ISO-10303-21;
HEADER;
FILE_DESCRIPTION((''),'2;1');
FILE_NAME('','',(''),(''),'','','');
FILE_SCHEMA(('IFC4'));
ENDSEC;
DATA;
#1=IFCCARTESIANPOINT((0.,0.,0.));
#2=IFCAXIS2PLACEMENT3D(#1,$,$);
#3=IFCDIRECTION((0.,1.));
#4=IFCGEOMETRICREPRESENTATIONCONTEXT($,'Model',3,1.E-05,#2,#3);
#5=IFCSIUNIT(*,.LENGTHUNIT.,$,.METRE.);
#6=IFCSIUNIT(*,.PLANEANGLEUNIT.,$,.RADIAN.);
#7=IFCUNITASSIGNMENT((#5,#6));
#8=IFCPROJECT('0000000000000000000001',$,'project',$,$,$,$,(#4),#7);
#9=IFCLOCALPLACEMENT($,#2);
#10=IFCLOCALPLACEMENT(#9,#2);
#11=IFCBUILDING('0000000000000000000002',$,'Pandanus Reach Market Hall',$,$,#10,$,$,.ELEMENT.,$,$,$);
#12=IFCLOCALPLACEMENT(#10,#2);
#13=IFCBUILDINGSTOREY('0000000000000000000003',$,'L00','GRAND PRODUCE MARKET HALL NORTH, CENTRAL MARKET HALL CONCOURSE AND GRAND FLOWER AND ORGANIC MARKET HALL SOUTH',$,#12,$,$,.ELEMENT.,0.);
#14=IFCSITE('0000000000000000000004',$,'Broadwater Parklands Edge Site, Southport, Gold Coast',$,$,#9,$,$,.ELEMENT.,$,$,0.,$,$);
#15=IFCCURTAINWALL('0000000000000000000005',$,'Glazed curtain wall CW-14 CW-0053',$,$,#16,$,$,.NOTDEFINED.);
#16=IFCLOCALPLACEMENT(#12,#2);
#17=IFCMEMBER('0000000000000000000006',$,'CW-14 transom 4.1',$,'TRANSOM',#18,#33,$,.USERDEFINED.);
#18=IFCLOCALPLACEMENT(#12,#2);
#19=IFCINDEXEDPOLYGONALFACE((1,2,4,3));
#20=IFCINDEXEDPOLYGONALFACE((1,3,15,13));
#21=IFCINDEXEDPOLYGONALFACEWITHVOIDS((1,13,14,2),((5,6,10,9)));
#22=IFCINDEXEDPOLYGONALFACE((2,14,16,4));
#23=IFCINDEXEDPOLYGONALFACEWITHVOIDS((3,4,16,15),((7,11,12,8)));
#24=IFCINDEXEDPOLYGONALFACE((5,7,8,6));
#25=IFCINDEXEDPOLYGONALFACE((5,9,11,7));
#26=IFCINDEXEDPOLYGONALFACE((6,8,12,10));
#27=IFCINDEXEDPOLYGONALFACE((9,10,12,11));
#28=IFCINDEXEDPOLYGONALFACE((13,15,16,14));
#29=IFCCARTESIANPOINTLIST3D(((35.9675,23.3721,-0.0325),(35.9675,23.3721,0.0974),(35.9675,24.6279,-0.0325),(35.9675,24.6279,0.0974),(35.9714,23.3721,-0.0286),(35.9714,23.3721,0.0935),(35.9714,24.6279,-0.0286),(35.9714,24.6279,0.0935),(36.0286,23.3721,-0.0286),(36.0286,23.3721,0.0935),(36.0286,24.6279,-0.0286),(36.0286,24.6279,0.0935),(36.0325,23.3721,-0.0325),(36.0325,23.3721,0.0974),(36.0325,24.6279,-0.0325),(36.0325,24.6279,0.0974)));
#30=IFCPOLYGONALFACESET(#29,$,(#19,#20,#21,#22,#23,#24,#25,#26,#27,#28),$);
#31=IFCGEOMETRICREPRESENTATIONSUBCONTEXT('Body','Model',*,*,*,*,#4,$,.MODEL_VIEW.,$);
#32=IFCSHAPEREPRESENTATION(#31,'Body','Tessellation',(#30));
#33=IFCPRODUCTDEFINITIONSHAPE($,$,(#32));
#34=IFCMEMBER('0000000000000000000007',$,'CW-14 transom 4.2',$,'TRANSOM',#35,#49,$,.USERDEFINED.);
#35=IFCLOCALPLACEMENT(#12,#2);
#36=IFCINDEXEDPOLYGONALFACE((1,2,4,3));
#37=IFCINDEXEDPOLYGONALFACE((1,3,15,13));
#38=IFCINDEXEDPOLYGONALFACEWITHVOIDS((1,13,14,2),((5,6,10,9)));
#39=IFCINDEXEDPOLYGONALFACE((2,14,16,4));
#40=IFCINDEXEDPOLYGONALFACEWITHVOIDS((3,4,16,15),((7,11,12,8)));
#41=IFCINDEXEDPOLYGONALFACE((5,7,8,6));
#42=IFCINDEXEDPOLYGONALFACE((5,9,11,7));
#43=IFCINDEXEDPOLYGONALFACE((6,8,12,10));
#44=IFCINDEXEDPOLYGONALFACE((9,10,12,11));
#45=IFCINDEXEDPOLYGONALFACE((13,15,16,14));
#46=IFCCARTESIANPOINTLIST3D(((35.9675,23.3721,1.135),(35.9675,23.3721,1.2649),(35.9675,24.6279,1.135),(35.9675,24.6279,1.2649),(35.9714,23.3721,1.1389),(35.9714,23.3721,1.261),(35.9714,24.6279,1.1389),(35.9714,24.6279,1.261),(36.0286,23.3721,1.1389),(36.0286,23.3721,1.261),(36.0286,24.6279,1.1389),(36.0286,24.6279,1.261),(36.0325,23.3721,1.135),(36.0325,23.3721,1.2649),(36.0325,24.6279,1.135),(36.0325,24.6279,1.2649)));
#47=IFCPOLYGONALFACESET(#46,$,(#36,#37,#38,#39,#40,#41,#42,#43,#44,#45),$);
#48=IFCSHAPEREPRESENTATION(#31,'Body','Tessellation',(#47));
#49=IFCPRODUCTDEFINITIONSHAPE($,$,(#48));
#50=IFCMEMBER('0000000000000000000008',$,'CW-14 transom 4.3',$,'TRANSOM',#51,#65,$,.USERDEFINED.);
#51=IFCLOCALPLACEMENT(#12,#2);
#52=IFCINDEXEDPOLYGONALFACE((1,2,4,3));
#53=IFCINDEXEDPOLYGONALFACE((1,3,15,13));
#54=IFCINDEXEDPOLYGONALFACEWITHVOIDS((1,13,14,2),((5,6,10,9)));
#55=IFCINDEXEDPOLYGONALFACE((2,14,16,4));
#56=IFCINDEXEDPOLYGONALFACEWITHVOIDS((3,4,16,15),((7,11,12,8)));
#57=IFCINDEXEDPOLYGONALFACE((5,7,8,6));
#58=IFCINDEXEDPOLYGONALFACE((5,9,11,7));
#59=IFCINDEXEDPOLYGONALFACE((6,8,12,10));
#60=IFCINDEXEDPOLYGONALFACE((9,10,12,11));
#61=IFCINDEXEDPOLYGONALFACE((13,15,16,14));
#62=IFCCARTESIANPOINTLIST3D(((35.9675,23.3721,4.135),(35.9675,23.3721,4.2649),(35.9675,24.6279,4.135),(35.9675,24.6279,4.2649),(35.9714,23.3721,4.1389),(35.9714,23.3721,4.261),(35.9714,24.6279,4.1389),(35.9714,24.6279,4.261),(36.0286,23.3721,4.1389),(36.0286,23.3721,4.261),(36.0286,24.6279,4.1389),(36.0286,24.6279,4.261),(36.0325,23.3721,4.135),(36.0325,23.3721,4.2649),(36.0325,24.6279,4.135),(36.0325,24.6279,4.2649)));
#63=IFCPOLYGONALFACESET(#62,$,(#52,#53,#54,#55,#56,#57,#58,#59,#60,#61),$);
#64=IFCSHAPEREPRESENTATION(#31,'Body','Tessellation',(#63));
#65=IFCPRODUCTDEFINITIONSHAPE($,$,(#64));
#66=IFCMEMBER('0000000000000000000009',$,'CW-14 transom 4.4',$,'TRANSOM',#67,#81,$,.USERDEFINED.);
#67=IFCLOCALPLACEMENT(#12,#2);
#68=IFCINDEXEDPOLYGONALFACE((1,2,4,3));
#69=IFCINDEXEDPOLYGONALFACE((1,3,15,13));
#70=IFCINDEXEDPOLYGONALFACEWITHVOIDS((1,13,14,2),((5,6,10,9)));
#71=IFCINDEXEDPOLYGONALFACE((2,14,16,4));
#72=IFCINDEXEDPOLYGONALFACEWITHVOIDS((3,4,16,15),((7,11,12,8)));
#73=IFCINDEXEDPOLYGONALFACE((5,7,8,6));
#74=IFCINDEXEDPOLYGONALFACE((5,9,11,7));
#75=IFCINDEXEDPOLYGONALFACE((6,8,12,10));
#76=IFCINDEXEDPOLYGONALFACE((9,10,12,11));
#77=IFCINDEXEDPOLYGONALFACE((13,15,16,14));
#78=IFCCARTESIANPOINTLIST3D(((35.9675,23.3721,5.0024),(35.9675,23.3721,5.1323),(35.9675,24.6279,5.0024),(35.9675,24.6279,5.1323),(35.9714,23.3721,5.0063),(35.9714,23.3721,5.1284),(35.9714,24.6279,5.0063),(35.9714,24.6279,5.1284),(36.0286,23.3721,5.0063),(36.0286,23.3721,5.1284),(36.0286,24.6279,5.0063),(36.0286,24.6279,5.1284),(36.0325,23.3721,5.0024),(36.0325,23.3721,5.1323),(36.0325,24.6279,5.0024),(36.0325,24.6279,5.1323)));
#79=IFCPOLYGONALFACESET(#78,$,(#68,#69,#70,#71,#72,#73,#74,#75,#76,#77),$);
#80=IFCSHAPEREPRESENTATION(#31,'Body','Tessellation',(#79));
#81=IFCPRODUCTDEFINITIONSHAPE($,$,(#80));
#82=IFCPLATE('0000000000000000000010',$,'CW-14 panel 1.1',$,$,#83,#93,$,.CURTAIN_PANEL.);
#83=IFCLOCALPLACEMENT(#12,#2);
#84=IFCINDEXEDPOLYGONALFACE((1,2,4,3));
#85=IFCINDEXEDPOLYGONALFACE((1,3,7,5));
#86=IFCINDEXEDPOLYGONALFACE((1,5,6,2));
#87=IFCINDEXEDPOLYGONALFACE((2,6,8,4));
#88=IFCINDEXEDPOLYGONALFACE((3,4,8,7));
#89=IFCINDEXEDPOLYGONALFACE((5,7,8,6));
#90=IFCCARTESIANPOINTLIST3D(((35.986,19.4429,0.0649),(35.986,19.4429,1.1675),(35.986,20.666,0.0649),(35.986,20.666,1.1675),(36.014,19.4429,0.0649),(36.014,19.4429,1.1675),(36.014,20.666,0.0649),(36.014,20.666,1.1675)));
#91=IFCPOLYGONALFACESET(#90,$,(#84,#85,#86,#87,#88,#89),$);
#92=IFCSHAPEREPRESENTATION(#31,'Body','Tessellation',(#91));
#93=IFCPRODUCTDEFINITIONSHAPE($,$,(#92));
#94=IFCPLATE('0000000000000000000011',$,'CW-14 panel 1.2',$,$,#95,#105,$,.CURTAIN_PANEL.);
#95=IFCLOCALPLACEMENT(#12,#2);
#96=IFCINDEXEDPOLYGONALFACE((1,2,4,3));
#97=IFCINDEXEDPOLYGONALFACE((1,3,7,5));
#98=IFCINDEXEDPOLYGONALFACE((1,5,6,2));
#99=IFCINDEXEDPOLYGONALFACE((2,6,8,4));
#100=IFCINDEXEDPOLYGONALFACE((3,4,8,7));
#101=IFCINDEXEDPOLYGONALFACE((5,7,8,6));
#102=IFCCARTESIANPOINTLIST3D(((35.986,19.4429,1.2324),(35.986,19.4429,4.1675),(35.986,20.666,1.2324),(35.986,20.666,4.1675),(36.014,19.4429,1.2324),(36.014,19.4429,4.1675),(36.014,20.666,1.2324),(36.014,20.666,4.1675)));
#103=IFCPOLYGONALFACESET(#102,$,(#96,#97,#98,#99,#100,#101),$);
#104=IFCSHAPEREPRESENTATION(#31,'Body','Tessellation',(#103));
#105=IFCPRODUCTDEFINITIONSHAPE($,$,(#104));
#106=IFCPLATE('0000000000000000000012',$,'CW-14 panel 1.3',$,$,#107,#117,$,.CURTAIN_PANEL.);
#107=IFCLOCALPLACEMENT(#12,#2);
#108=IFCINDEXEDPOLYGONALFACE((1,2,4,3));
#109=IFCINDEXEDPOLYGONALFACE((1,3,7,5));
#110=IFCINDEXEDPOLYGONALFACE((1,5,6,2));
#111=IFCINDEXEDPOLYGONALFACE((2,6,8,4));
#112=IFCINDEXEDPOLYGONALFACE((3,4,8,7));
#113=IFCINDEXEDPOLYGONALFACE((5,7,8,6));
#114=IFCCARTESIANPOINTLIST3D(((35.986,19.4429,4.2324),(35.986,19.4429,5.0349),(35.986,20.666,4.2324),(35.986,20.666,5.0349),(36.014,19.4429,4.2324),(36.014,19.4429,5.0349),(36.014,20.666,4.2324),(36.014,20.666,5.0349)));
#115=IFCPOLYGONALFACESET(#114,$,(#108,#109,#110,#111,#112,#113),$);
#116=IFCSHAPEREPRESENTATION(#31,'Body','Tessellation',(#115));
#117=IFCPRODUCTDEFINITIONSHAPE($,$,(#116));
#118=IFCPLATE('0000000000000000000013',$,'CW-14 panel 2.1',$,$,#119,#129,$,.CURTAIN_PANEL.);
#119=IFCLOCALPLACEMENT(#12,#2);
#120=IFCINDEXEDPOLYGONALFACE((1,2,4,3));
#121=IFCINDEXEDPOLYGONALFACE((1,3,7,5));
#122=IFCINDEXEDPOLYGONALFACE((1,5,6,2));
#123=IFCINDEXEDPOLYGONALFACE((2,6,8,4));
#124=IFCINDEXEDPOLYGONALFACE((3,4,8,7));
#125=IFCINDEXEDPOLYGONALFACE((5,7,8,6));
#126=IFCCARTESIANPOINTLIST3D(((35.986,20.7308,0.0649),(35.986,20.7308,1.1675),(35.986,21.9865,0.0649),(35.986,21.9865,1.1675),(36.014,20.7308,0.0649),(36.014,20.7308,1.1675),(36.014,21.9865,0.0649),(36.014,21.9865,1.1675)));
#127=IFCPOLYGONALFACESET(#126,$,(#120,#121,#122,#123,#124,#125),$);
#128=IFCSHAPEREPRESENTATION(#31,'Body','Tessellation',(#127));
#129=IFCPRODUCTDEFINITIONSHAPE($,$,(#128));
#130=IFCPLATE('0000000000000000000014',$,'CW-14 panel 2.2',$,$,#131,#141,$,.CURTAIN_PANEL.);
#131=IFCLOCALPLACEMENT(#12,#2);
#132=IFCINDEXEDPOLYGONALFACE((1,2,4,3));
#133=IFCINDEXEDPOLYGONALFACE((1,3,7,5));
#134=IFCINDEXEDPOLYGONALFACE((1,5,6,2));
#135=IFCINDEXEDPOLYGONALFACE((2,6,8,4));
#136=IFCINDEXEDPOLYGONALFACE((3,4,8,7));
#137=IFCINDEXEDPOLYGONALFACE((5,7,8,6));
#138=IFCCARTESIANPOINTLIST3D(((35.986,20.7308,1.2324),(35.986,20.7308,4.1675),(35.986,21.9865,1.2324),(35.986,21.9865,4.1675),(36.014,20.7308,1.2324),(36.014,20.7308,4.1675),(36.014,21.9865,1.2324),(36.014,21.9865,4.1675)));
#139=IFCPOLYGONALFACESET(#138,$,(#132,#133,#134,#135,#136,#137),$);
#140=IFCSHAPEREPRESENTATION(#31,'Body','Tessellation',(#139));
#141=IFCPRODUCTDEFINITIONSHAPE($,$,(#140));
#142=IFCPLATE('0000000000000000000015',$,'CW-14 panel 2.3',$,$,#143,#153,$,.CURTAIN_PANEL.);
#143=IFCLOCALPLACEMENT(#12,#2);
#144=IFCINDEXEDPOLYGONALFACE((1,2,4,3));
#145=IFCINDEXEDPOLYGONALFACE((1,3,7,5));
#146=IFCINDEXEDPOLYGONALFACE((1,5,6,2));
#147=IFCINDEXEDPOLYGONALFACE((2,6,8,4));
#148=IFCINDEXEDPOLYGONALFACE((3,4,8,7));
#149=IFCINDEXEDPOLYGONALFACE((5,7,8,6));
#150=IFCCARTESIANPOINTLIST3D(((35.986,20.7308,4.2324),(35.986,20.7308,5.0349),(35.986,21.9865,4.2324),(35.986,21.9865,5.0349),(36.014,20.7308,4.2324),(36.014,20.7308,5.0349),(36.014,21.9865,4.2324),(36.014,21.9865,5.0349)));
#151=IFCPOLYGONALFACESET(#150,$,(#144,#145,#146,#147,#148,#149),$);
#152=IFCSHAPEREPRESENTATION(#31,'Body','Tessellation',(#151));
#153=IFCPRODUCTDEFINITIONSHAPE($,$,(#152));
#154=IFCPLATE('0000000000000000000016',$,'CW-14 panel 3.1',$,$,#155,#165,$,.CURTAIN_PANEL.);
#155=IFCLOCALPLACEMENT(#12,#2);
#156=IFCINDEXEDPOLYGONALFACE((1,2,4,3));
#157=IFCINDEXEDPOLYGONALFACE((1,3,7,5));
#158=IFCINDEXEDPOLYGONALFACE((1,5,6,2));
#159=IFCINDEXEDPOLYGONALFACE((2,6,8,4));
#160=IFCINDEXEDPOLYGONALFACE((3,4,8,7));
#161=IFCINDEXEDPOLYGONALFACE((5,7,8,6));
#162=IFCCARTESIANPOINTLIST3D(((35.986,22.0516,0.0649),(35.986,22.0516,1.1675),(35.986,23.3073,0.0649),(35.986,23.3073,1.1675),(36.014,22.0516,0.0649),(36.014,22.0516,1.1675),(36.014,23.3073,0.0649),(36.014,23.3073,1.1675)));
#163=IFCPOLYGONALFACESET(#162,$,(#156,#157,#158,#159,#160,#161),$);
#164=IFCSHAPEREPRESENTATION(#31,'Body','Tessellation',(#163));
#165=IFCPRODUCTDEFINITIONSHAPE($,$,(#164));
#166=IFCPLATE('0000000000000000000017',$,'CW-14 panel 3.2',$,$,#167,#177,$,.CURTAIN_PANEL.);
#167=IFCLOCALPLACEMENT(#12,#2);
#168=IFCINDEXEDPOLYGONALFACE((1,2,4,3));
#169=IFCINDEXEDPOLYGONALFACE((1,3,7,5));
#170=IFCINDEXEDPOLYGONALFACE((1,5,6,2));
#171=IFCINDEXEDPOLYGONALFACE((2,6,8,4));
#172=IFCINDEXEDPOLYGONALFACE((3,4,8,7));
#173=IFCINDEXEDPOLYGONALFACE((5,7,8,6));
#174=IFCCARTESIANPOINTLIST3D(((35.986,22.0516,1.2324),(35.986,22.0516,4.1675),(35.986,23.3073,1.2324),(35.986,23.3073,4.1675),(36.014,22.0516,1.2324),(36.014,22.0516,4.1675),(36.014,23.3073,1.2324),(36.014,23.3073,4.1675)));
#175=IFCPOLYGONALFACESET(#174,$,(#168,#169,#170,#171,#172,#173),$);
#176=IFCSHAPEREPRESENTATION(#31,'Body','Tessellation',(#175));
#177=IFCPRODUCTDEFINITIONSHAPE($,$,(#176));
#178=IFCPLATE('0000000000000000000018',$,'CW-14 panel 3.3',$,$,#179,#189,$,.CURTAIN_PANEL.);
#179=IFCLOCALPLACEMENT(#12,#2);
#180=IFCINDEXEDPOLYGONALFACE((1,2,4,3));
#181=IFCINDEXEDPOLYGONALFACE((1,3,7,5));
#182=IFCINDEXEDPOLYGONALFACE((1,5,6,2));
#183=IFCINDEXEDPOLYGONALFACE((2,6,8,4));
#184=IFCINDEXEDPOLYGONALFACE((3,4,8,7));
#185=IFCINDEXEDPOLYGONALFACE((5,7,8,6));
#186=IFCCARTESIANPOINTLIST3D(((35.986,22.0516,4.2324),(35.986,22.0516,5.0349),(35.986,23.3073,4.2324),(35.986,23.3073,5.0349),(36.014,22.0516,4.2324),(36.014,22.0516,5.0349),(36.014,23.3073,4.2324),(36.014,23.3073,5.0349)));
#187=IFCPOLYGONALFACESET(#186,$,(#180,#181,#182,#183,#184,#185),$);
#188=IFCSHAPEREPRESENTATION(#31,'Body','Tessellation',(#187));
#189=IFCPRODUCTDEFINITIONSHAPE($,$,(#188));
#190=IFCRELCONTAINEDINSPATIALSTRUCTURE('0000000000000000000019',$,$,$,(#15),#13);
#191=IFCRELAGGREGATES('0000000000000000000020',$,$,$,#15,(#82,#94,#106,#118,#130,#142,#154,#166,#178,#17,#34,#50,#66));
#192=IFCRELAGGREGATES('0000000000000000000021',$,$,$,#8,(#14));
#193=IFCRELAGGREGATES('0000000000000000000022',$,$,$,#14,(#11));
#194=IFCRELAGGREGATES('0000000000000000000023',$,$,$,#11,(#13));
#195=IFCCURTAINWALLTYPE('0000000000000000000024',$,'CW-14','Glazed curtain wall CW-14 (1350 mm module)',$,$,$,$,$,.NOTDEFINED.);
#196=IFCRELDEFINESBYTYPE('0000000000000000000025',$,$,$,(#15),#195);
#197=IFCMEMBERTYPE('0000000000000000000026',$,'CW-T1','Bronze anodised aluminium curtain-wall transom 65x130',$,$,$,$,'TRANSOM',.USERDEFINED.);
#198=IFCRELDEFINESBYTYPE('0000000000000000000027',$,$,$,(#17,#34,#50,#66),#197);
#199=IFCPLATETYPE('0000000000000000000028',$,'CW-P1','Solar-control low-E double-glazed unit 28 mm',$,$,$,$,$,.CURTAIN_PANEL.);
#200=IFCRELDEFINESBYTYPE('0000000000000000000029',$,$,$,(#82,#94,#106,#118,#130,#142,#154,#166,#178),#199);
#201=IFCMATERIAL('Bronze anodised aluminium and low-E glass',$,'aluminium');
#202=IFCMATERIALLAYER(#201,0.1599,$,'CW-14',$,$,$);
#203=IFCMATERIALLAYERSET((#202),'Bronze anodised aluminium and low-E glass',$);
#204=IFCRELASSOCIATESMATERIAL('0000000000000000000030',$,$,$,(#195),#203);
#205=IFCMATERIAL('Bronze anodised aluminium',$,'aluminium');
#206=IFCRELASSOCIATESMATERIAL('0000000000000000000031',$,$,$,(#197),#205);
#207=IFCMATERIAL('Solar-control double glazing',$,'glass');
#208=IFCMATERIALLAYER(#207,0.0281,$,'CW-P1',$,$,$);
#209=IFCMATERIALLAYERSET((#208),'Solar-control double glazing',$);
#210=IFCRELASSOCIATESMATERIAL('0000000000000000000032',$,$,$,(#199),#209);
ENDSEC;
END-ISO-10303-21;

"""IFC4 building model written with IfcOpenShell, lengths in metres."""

from ifc_helpers import new_model, si_unit, direction, frame, origin, origin_2d, place, context, subcontext, project, spatial, rectangle, hollow_rectangle, extrude, material, layer, layer_set, material_profile, profile_set, type_object, element, aggregate, save


model = new_model("IFC4")

# Units and contexts
model_context = context("Model", 3, precision=1e-05, world=origin(), true_north=direction((0.0, 1.0)))
body_context = subcontext(model_context, "Body", "Model", "MODEL_VIEW")
ifc_project = project(units=[si_unit("LENGTHUNIT", "METRE"), si_unit("PLANEANGLEUNIT", "RADIAN")], contexts=[model_context])

# Site, building, storey
site_placement = place(None, origin())
site = spatial("IfcSite", under=ifc_project, at=site_placement, Name="Broadwater Parklands Edge Site, Southport, Gold Coast", CompositionType="ELEMENT", RefElevation=0.0)
building_placement = place(site_placement, origin())
building = spatial("IfcBuilding", under=site, at=building_placement, Name="Pandanus Reach Market Hall", CompositionType="ELEMENT")
storey_placement = place(building_placement, origin())
storey = spatial("IfcBuildingStorey", under=building, at=storey_placement, Name="L00", Description="GRAND PRODUCE MARKET HALL NORTH, CENTRAL MARKET HALL CONCOURSE AND GRAND FLOWER AND ORGANIC MARKET HALL SOUTH", CompositionType="ELEMENT", Elevation=0.0)

# Curtain wall, members, plates
ifc_material_1 = material(Name="Bronze anodised aluminium and low-E glass", Category="aluminium")
ifc_layer_1 = layer(ifc_material_1, 0.1599, Name="CW-14")
ifc_layer_set_1 = layer_set([ifc_layer_1], Name="Bronze anodised aluminium and low-E glass")
curtain_wall_type = type_object("IfcCurtainWallType", Name="CW-14", Description="Glazed curtain wall CW-14 (1350 mm module)", PredefinedType="NOTDEFINED", material=ifc_layer_set_1)
curtain_wall_placement = place(storey_placement, origin())
curtain_wall = element("IfcCurtainWall", 1, at=curtain_wall_placement, inside=storey, type_object=curtain_wall_type, Name="Glazed curtain wall CW-14 CW-0053", PredefinedType="NOTDEFINED")
ifc_material_2 = material(Name="Bronze anodised aluminium", Category="aluminium")
ifc_material_profile_1 = material_profile(ifc_material_2, hollow_rectangle(XDim=0.0649, YDim=0.1299, WallThickness=0.0039, at=origin_2d()), Name="ALU65x130", Category="LoadBearing")
ifc_profile_set_1 = profile_set([ifc_material_profile_1], Name="Bronze anodised aluminium")
member_type_1 = type_object("IfcMemberType", Name="CW-T1", Description="Bronze anodised aluminium curtain-wall transom 65x130", ElementType="TRANSOM", PredefinedType="USERDEFINED", material=ifc_profile_set_1)
member_1_placement = place(storey_placement, frame((36.0, 23.3721, 0.0325), z_axis=(0.0, 1.0, 0.0), x_axis=(-1.0, 0.0, 0.0)))
member_1 = element("IfcMember", 2, at=member_1_placement, type_object=member_type_1, Name="CW-14 transom 4.1", ObjectType="TRANSOM", PredefinedType="USERDEFINED", context=body_context, shape_type="SweptSolid", body=[
    extrude(hollow_rectangle(XDim=0.0649, YDim=0.1299, WallThickness=0.0039, at=origin_2d()), origin(), (0.0, 0.0, 1.0), 1.2559),
])
member_2_placement = place(storey_placement, frame((36.0, 23.3721, 1.2), z_axis=(0.0, 1.0, 0.0), x_axis=(-1.0, 0.0, 0.0)))
member_2 = element("IfcMember", 3, at=member_2_placement, type_object=member_type_1, Name="CW-14 transom 4.2", ObjectType="TRANSOM", PredefinedType="USERDEFINED", context=body_context, shape_type="SweptSolid", body=[
    extrude(hollow_rectangle(XDim=0.0649, YDim=0.1299, WallThickness=0.0039, at=origin_2d()), origin(), (0.0, 0.0, 1.0), 1.2559),
])
member_3_placement = place(storey_placement, frame((36.0, 23.3721, 4.2), z_axis=(0.0, 1.0, 0.0), x_axis=(-1.0, 0.0, 0.0)))
member_3 = element("IfcMember", 4, at=member_3_placement, type_object=member_type_1, Name="CW-14 transom 4.3", ObjectType="TRANSOM", PredefinedType="USERDEFINED", context=body_context, shape_type="SweptSolid", body=[
    extrude(hollow_rectangle(XDim=0.0649, YDim=0.1299, WallThickness=0.0039, at=origin_2d()), origin(), (0.0, 0.0, 1.0), 1.2559),
])
member_4_placement = place(storey_placement, frame((36.0, 23.3721, 5.0674), z_axis=(0.0, 1.0, 0.0), x_axis=(-1.0, 0.0, 0.0)))
member_4 = element("IfcMember", 5, at=member_4_placement, type_object=member_type_1, Name="CW-14 transom 4.4", ObjectType="TRANSOM", PredefinedType="USERDEFINED", context=body_context, shape_type="SweptSolid", body=[
    extrude(hollow_rectangle(XDim=0.0649, YDim=0.1299, WallThickness=0.0039, at=origin_2d()), origin(), (0.0, 0.0, 1.0), 1.2559),
])
ifc_material_3 = material(Name="Solar-control double glazing", Category="glass")
ifc_layer_2 = layer(ifc_material_3, 0.0281, Name="CW-P1")
ifc_layer_set_2 = layer_set([ifc_layer_2], Name="Solar-control double glazing")
plate_type = type_object("IfcPlateType", Name="CW-P1", Description="Solar-control low-E double-glazed unit 28 mm", PredefinedType="CURTAIN_PANEL", material=ifc_layer_set_2)
plate_1_placement = place(storey_placement, frame((36.0, 20.0544, 0.0649), z_axis=(0.0, 0.0, 1.0), x_axis=(0.0, 1.0, 0.0)))
plate_1 = element("IfcPlate", 6, at=plate_1_placement, type_object=plate_type, Name="CW-14 panel 1.1", PredefinedType="CURTAIN_PANEL", context=body_context, shape_type="SweptSolid", body=[
    extrude(rectangle(XDim=1.2231, YDim=0.0281, at=origin_2d()), origin(), (0.0, 0.0, 1.0), 1.1025),
])
plate_2_placement = place(storey_placement, frame((36.0, 20.0544, 1.2324), z_axis=(0.0, 0.0, 1.0), x_axis=(0.0, 1.0, 0.0)))
plate_2 = element("IfcPlate", 7, at=plate_2_placement, type_object=plate_type, Name="CW-14 panel 1.2", PredefinedType="CURTAIN_PANEL", context=body_context, shape_type="SweptSolid", body=[
    extrude(rectangle(XDim=1.2231, YDim=0.0281, at=origin_2d()), origin(), (0.0, 0.0, 1.0), 2.9351),
])
plate_3_placement = place(storey_placement, frame((36.0, 20.0544, 4.2324), z_axis=(0.0, 0.0, 1.0), x_axis=(0.0, 1.0, 0.0)))
plate_3 = element("IfcPlate", 8, at=plate_3_placement, type_object=plate_type, Name="CW-14 panel 1.3", PredefinedType="CURTAIN_PANEL", context=body_context, shape_type="SweptSolid", body=[
    extrude(rectangle(XDim=1.2231, YDim=0.0281, at=origin_2d()), origin(), (0.0, 0.0, 1.0), 0.8025),
])
plate_4_placement = place(storey_placement, frame((36.0, 21.3586, 0.0649), z_axis=(0.0, 0.0, 1.0), x_axis=(0.0, 1.0, 0.0)))
plate_4 = element("IfcPlate", 9, at=plate_4_placement, type_object=plate_type, Name="CW-14 panel 2.1", PredefinedType="CURTAIN_PANEL", context=body_context, shape_type="SweptSolid", body=[
    extrude(rectangle(XDim=1.2556, YDim=0.0281, at=origin_2d()), origin(), (0.0, 0.0, 1.0), 1.1025),
])
plate_5_placement = place(storey_placement, frame((36.0, 21.3586, 1.2324), z_axis=(0.0, 0.0, 1.0), x_axis=(0.0, 1.0, 0.0)))
plate_5 = element("IfcPlate", 10, at=plate_5_placement, type_object=plate_type, Name="CW-14 panel 2.2", PredefinedType="CURTAIN_PANEL", context=body_context, shape_type="SweptSolid", body=[
    extrude(rectangle(XDim=1.2556, YDim=0.0281, at=origin_2d()), origin(), (0.0, 0.0, 1.0), 2.9351),
])
plate_6_placement = place(storey_placement, frame((36.0, 21.3586, 4.2324), z_axis=(0.0, 0.0, 1.0), x_axis=(0.0, 1.0, 0.0)))
plate_6 = element("IfcPlate", 11, at=plate_6_placement, type_object=plate_type, Name="CW-14 panel 2.3", PredefinedType="CURTAIN_PANEL", context=body_context, shape_type="SweptSolid", body=[
    extrude(rectangle(XDim=1.2556, YDim=0.0281, at=origin_2d()), origin(), (0.0, 0.0, 1.0), 0.8025),
])
plate_7_placement = place(storey_placement, frame((36.0, 22.6794, 0.0649), z_axis=(0.0, 0.0, 1.0), x_axis=(0.0, 1.0, 0.0)))
plate_7 = element("IfcPlate", 12, at=plate_7_placement, type_object=plate_type, Name="CW-14 panel 3.1", PredefinedType="CURTAIN_PANEL", context=body_context, shape_type="SweptSolid", body=[
    extrude(rectangle(XDim=1.2556, YDim=0.0281, at=origin_2d()), origin(), (0.0, 0.0, 1.0), 1.1025),
])
plate_8_placement = place(storey_placement, frame((36.0, 22.6794, 1.2324), z_axis=(0.0, 0.0, 1.0), x_axis=(0.0, 1.0, 0.0)))
plate_8 = element("IfcPlate", 13, at=plate_8_placement, type_object=plate_type, Name="CW-14 panel 3.2", PredefinedType="CURTAIN_PANEL", context=body_context, shape_type="SweptSolid", body=[
    extrude(rectangle(XDim=1.2556, YDim=0.0281, at=origin_2d()), origin(), (0.0, 0.0, 1.0), 2.9351),
])
plate_9_placement = place(storey_placement, frame((36.0, 22.6794, 4.2324), z_axis=(0.0, 0.0, 1.0), x_axis=(0.0, 1.0, 0.0)))
plate_9 = element("IfcPlate", 14, at=plate_9_placement, type_object=plate_type, Name="CW-14 panel 3.3", PredefinedType="CURTAIN_PANEL", context=body_context, shape_type="SweptSolid", body=[
    extrude(rectangle(XDim=1.2556, YDim=0.0281, at=origin_2d()), origin(), (0.0, 0.0, 1.0), 0.8025),
])
aggregate(curtain_wall, [plate_1, plate_2, plate_3, plate_4, plate_5, plate_6, plate_7, plate_8, plate_9, member_1, member_2, member_3, member_4])

save(model, "model.ifc")
